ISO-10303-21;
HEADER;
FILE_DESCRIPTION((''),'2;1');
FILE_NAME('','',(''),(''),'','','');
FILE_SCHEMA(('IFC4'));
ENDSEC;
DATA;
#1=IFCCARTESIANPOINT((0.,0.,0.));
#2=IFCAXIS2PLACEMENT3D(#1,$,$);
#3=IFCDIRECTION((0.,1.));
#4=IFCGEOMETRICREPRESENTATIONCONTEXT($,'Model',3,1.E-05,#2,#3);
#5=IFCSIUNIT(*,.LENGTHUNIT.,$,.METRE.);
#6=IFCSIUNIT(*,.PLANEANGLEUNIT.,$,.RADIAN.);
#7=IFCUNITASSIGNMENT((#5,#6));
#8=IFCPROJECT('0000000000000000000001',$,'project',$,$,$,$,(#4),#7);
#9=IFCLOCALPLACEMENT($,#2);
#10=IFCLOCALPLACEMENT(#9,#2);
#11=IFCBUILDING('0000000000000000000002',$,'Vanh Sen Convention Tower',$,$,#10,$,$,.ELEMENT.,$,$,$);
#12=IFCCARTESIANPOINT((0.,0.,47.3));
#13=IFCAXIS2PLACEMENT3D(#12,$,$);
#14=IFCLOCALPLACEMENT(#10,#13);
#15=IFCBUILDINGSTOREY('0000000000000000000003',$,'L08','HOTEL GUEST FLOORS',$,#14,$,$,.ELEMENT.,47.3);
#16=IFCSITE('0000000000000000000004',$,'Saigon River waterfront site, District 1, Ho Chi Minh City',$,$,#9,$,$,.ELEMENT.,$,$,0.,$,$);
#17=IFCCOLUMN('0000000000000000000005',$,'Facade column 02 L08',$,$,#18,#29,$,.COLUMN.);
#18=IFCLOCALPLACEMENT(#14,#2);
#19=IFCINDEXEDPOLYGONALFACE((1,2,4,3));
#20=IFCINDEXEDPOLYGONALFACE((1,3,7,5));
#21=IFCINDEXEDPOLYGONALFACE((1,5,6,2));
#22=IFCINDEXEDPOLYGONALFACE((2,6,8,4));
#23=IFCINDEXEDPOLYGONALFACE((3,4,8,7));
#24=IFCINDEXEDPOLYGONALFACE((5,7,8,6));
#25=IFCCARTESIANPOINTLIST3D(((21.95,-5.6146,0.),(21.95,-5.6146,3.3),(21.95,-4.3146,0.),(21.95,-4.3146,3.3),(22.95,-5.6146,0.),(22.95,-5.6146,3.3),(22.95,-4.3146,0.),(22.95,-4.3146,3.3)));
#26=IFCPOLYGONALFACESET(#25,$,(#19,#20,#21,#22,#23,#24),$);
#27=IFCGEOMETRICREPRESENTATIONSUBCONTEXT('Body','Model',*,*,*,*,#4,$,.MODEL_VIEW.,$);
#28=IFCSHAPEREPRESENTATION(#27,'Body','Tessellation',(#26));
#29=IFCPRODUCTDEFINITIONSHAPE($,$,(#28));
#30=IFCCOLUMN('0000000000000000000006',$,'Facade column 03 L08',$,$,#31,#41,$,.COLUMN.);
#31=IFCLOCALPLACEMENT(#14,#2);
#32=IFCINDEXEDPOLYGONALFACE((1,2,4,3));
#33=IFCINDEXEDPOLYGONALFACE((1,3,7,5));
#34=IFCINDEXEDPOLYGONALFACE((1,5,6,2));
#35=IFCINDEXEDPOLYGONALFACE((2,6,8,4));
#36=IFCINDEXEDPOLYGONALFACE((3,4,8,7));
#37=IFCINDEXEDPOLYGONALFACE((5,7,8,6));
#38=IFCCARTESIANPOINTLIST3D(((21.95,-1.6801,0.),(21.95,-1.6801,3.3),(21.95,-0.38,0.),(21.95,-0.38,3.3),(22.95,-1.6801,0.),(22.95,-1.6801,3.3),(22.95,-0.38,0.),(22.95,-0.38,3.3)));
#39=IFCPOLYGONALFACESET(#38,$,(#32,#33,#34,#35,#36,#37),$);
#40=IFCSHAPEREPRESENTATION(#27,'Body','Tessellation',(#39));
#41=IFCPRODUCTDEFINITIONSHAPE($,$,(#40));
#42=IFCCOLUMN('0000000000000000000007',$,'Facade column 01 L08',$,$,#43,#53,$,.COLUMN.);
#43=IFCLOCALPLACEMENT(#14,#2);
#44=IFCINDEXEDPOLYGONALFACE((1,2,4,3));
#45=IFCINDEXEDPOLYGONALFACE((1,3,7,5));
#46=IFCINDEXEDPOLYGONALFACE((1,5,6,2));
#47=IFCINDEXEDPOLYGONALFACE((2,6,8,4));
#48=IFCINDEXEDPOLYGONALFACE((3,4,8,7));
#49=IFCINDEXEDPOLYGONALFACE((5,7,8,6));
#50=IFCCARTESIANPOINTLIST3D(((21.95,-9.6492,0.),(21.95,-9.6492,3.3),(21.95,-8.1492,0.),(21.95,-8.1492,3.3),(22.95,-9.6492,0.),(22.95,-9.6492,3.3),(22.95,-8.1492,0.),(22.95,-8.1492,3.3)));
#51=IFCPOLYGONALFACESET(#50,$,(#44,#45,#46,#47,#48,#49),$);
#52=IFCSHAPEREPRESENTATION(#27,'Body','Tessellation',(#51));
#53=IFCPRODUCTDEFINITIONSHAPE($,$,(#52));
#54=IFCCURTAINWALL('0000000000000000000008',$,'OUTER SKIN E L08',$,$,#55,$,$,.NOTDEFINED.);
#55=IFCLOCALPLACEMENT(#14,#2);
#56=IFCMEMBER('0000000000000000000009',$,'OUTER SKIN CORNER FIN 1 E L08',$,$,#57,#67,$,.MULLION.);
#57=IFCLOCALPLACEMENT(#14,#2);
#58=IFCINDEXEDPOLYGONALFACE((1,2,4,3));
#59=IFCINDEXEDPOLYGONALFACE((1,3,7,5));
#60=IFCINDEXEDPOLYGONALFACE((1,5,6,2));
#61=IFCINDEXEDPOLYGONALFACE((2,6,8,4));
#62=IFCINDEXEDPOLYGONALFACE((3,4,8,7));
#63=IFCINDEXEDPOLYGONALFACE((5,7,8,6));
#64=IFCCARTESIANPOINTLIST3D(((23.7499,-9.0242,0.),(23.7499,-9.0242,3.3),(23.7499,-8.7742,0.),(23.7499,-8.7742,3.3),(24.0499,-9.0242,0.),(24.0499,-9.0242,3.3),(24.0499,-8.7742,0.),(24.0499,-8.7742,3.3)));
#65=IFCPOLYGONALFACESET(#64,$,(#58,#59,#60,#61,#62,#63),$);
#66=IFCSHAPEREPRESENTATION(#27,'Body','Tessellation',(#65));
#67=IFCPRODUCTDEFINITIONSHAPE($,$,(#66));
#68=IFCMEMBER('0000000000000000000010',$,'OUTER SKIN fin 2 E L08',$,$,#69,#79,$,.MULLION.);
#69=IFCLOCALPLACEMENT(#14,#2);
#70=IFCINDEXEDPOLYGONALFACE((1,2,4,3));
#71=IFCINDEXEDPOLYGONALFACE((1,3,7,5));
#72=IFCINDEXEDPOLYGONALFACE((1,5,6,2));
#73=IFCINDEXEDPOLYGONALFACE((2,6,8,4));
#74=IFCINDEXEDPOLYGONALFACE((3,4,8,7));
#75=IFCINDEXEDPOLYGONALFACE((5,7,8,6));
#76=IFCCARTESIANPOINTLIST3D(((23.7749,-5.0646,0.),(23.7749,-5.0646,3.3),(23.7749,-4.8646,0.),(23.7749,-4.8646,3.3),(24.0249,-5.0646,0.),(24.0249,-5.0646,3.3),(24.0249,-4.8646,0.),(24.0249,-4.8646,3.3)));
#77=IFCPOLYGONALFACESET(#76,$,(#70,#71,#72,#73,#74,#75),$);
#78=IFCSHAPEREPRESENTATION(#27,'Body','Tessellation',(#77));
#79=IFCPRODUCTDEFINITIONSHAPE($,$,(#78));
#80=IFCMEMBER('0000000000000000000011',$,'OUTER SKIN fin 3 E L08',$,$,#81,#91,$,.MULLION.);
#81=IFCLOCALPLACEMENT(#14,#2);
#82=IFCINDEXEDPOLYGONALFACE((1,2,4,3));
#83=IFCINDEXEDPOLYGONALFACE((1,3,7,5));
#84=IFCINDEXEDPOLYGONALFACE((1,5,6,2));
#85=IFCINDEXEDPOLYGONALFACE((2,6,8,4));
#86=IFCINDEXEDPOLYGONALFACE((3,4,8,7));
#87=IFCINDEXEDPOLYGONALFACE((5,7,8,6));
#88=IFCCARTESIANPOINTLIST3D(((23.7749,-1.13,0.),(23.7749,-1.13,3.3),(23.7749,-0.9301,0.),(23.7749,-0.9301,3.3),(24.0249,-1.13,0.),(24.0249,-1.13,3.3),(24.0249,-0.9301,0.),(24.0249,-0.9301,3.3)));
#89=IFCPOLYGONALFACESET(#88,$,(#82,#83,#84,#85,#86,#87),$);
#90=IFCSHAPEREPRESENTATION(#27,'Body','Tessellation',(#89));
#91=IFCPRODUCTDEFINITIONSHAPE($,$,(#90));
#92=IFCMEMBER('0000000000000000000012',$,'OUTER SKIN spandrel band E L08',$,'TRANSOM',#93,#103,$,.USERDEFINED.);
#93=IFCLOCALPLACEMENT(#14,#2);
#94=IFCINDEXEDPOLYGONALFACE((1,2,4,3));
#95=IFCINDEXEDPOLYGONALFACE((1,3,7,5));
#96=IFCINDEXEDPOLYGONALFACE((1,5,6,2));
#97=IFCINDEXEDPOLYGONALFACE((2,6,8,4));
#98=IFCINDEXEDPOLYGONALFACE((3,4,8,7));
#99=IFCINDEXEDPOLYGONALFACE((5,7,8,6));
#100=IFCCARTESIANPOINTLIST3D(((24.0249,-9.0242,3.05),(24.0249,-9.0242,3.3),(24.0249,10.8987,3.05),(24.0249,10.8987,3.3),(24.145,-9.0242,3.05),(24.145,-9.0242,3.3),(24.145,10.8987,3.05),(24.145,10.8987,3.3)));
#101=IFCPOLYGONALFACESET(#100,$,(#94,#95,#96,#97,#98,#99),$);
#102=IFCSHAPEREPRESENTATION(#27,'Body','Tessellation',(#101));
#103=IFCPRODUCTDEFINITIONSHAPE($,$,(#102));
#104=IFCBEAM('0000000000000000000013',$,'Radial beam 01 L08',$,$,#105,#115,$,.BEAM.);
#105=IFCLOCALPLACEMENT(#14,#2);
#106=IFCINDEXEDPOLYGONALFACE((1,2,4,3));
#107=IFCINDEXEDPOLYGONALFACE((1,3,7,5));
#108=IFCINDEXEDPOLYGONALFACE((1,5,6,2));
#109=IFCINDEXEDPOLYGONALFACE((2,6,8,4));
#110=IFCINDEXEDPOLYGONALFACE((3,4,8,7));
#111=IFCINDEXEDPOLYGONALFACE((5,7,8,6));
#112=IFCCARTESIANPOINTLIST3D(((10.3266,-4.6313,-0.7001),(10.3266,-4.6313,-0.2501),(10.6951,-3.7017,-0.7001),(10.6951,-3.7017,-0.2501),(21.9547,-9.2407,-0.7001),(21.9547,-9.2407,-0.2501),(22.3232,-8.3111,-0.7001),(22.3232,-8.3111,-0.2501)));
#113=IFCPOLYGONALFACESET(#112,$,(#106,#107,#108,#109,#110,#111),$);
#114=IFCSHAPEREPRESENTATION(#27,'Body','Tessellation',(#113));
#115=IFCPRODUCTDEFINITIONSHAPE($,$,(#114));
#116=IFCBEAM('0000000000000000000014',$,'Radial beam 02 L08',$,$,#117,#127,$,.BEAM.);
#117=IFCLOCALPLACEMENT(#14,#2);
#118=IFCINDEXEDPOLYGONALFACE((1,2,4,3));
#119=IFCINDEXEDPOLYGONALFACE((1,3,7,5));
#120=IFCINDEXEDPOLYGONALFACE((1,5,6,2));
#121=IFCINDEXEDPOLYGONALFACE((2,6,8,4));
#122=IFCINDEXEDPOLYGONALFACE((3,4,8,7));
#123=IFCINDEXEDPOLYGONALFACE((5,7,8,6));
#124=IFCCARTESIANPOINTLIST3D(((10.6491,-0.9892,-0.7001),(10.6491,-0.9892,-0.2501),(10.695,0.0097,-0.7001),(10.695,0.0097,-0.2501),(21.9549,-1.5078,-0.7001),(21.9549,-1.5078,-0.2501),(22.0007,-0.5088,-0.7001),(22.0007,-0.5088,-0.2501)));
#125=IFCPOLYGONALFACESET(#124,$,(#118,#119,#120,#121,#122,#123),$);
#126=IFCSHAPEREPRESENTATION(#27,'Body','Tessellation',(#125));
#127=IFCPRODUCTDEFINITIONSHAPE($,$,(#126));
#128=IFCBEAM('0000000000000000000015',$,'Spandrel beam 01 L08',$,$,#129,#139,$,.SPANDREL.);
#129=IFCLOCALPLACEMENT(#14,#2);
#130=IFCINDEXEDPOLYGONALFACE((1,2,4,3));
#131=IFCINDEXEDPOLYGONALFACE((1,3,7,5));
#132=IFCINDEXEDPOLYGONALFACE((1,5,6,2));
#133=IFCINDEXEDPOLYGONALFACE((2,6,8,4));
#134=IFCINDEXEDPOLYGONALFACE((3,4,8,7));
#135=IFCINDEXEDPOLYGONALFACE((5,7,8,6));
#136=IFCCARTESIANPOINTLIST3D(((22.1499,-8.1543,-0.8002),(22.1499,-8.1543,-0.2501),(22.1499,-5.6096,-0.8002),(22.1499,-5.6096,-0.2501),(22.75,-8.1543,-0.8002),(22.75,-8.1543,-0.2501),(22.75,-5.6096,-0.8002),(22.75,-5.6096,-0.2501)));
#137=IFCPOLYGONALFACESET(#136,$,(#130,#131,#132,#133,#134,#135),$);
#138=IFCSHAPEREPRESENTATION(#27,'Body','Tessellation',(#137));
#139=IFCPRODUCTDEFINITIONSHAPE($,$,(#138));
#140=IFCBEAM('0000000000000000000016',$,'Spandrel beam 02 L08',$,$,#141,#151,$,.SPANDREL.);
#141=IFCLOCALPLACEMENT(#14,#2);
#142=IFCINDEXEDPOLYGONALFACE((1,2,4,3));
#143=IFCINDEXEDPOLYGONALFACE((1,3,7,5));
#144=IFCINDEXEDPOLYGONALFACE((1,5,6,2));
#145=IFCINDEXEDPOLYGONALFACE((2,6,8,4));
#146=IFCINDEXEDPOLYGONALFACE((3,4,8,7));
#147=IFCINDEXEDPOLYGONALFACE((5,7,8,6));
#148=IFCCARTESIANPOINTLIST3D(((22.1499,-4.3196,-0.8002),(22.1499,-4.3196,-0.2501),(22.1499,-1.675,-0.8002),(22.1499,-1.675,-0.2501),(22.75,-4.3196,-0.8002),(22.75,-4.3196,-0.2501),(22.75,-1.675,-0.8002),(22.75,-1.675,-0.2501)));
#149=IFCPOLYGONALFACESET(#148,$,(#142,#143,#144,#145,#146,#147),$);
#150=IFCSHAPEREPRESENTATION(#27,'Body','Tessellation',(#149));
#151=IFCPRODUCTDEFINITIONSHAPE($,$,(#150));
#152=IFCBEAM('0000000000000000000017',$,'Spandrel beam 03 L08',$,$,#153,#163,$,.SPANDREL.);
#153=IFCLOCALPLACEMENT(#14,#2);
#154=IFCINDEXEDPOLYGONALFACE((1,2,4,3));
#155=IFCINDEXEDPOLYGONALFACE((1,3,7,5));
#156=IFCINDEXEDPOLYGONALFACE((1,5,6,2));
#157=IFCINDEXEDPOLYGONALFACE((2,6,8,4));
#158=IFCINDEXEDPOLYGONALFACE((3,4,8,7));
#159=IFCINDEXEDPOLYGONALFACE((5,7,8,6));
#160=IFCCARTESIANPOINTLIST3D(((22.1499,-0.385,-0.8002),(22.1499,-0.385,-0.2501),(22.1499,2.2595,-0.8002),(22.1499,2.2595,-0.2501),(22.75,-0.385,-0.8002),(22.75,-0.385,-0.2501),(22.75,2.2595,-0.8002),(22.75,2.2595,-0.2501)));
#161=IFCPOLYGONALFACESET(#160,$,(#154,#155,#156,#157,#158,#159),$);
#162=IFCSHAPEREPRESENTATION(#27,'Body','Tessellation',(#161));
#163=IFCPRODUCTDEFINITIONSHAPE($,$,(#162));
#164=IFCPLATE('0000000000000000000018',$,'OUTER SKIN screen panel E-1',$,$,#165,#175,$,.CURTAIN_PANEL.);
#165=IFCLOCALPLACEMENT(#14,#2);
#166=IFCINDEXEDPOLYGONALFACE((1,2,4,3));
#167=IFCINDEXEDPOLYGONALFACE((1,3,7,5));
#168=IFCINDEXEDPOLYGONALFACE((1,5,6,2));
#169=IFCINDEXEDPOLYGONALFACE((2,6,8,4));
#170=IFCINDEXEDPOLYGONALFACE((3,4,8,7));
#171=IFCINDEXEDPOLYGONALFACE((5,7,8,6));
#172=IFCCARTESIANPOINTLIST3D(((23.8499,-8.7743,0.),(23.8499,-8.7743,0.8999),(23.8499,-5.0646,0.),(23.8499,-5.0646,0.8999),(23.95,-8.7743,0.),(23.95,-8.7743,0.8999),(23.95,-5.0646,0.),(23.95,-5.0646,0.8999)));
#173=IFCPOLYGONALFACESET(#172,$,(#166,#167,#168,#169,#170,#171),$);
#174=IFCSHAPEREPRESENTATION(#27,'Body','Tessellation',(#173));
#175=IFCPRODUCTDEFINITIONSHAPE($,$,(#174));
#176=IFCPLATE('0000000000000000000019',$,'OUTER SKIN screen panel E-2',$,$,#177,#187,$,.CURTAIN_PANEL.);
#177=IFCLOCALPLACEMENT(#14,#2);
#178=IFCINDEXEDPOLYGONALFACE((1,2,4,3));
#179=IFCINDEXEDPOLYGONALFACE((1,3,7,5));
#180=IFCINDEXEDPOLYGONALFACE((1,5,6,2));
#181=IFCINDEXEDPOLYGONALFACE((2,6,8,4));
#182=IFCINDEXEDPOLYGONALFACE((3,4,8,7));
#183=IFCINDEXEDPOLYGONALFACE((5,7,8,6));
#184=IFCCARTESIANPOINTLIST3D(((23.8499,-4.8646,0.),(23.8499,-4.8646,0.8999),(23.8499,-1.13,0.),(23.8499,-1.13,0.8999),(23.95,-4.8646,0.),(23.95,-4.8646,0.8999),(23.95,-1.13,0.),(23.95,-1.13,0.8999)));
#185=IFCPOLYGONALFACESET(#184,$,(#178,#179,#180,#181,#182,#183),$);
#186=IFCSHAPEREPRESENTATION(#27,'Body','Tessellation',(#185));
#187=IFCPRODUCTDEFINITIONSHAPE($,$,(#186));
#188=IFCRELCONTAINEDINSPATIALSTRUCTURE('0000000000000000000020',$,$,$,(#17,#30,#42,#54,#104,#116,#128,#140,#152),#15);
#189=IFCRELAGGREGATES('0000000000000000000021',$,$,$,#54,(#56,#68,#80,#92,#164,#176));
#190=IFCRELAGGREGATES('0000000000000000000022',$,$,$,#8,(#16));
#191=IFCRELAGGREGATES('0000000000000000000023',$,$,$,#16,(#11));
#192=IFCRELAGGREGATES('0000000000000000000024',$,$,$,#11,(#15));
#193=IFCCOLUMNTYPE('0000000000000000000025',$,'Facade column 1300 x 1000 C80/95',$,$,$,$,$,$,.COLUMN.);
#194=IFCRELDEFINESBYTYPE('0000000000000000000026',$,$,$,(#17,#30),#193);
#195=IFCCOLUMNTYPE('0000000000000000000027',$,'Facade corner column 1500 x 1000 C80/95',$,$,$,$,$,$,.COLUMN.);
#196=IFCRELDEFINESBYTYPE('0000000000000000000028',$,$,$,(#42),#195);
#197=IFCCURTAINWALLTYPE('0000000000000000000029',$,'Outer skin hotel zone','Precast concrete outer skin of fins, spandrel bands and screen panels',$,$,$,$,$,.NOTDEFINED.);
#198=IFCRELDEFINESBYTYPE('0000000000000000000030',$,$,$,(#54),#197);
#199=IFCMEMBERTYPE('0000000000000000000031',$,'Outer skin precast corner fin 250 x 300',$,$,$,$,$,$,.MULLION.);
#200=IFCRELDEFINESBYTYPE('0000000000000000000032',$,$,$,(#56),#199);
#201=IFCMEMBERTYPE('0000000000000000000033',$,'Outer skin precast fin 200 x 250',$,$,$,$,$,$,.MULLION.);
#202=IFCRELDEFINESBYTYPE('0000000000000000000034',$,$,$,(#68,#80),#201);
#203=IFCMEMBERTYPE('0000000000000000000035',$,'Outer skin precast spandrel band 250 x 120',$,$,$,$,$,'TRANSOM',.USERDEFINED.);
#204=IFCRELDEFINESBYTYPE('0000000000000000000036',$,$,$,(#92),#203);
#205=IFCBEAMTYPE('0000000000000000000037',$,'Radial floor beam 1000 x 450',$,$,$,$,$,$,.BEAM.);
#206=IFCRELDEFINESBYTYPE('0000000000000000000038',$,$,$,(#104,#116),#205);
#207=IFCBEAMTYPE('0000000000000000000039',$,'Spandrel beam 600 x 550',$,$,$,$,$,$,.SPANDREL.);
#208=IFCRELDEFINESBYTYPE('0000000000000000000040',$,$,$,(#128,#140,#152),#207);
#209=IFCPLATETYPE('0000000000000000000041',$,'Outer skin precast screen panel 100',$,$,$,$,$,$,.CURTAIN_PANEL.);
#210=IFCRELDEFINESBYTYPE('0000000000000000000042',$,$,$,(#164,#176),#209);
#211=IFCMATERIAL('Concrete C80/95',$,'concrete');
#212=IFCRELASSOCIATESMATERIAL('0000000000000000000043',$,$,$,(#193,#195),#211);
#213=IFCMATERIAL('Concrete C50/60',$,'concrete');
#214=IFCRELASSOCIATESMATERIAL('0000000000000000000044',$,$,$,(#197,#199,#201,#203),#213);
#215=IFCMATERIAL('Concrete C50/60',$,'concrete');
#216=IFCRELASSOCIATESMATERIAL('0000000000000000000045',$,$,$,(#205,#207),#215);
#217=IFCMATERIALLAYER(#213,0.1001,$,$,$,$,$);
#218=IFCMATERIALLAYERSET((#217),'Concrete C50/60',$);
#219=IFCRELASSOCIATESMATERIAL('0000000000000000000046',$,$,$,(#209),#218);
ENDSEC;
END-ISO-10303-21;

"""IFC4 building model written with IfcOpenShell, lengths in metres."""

from ifc_helpers import new_model, si_unit, direction, frame, origin, origin_2d, place, context, subcontext, project, spatial, rectangle, extrude, material, layer, layer_set, material_profile, profile_set, type_object, element, aggregate, save


model = new_model("IFC4")

# Units and contexts
model_context = context("Model", 3, precision=1e-05, world=origin(), true_north=direction((0.0, 1.0)))
body_context = subcontext(model_context, "Body", "Model", "MODEL_VIEW")
ifc_project = project(units=[si_unit("LENGTHUNIT", "METRE"), si_unit("PLANEANGLEUNIT", "RADIAN")], contexts=[model_context])

# Site, building, storey
site_placement = place(None, origin())
site = spatial("IfcSite", under=ifc_project, at=site_placement, Name="Saigon River waterfront site, District 1, Ho Chi Minh City", CompositionType="ELEMENT", RefElevation=0.0)
building_placement = place(site_placement, origin())
building = spatial("IfcBuilding", under=site, at=building_placement, Name="Vanh Sen Convention Tower", CompositionType="ELEMENT")
storey_placement = place(building_placement, frame((0.0, 0.0, 47.3)))
storey = spatial("IfcBuildingStorey", under=building, at=storey_placement, Name="L08", Description="HOTEL GUEST FLOORS", CompositionType="ELEMENT", Elevation=47.3)

# Columns
ifc_material_1 = material(Name="Concrete C80/95", Category="concrete")
ifc_material_profile_1 = material_profile(ifc_material_1, rectangle(XDim=1.3, YDim=1.0, at=origin_2d()), Name="RC 1300X1000")
ifc_profile_set_1 = profile_set([ifc_material_profile_1], Name="Concrete C80/95")
column_type_1 = type_object("IfcColumnType", Name="Facade column 1300 x 1000 C80/95", PredefinedType="COLUMN", material=ifc_profile_set_1)
for number, where, z_axis, x_axis, name in (
    (1, (22.45, -4.9646, 0.0), (0.0, 0.0, 1.0), (0.0, 1.0, 0.0), "Facade column 02 L08"),
    (2, (22.45, -1.03, 0.0), (0.0, 0.0, 1.0), (0.0, 1.0, 0.0), "Facade column 03 L08"),
):
    element("IfcColumn", number, at=place(storey_placement, frame(where, z_axis=z_axis, x_axis=x_axis)), inside=storey, type_object=column_type_1, Name=name, PredefinedType="COLUMN", context=body_context, shape_type="SweptSolid", body=[
        extrude(rectangle(XDim=1.3, YDim=1.0, at=origin_2d()), origin(), (0.0, 0.0, 1.0), 3.3),
    ])
ifc_material_profile_2 = material_profile(ifc_material_1, rectangle(XDim=1.5, YDim=1.0, at=origin_2d()), Name="RC 1500X1000")
ifc_profile_set_2 = profile_set([ifc_material_profile_2], Name="Concrete C80/95")
column_type_2 = type_object("IfcColumnType", Name="Facade corner column 1500 x 1000 C80/95", PredefinedType="COLUMN", material=ifc_profile_set_2)
column_placement = place(storey_placement, frame((22.45, -8.8992, 0.0), z_axis=(0.0, 0.0, 1.0), x_axis=(0.0, 1.0, 0.0)))
element("IfcColumn", 3, at=column_placement, inside=storey, type_object=column_type_2, Name="Facade column 01 L08", PredefinedType="COLUMN", context=body_context, shape_type="SweptSolid", body=[
    extrude(rectangle(XDim=1.5, YDim=1.0, at=origin_2d()), origin(), (0.0, 0.0, 1.0), 3.3),
])

# Curtain wall, members
ifc_material_2 = material(Name="Concrete C50/60", Category="concrete")
curtain_wall_type = type_object("IfcCurtainWallType", Name="Outer skin hotel zone", Description="Precast concrete outer skin of fins, spandrel bands and screen panels", PredefinedType="NOTDEFINED", material=ifc_material_2)
curtain_wall_placement = place(storey_placement, origin())
curtain_wall = element("IfcCurtainWall", 4, at=curtain_wall_placement, inside=storey, type_object=curtain_wall_type, Name="OUTER SKIN E L08", PredefinedType="NOTDEFINED")
ifc_material_profile_3 = material_profile(ifc_material_2, rectangle(XDim=0.25, YDim=0.3, at=origin_2d()), Name="Outer skin precast corner fin 250 x 300")
ifc_profile_set_3 = profile_set([ifc_material_profile_3], Name="Concrete C50/60")
member_type_1 = type_object("IfcMemberType", Name="Outer skin precast corner fin 250 x 300", PredefinedType="MULLION", material=ifc_profile_set_3)
member_1_placement = place(storey_placement, frame((23.8999, -8.8992, 0.0), z_axis=(0.0, 0.0, 1.0), x_axis=(0.0, 1.0, 0.0)))
member_1 = element("IfcMember", 5, at=member_1_placement, type_object=member_type_1, Name="OUTER SKIN CORNER FIN 1 E L08", PredefinedType="MULLION", context=body_context, shape_type="SweptSolid", body=[
    extrude(rectangle(XDim=0.25, YDim=0.3, at=origin_2d()), origin(), (0.0, 0.0, 1.0), 3.3),
])
ifc_material_profile_4 = material_profile(ifc_material_2, rectangle(XDim=0.2, YDim=0.25, at=origin_2d()), Name="Outer skin precast fin 200 x 250")
ifc_profile_set_4 = profile_set([ifc_material_profile_4], Name="Concrete C50/60")
member_type_2 = type_object("IfcMemberType", Name="Outer skin precast fin 200 x 250", PredefinedType="MULLION", material=ifc_profile_set_4)
member_2_placement = place(storey_placement, frame((23.8999, -4.9646, 0.0), z_axis=(0.0, 0.0, 1.0), x_axis=(0.0, 1.0, 0.0)))
member_2 = element("IfcMember", 6, at=member_2_placement, type_object=member_type_2, Name="OUTER SKIN fin 2 E L08", PredefinedType="MULLION", context=body_context, shape_type="SweptSolid", body=[
    extrude(rectangle(XDim=0.2, YDim=0.25, at=origin_2d()), origin(), (0.0, 0.0, 1.0), 3.3),
])
member_3_placement = place(storey_placement, frame((23.8999, -1.03, 0.0), z_axis=(0.0, 0.0, 1.0), x_axis=(0.0, 1.0, 0.0)))
member_3 = element("IfcMember", 7, at=member_3_placement, type_object=member_type_2, Name="OUTER SKIN fin 3 E L08", PredefinedType="MULLION", context=body_context, shape_type="SweptSolid", body=[
    extrude(rectangle(XDim=0.2, YDim=0.25, at=origin_2d()), origin(), (0.0, 0.0, 1.0), 3.3),
])
ifc_material_profile_5 = material_profile(ifc_material_2, rectangle(XDim=0.1201, YDim=0.25, at=origin_2d()), Name="Outer skin precast spandrel band 250 x 120")
ifc_profile_set_5 = profile_set([ifc_material_profile_5], Name="Concrete C50/60")
member_type_3 = type_object("IfcMemberType", Name="Outer skin precast spandrel band 250 x 120", ElementType="TRANSOM", PredefinedType="USERDEFINED", material=ifc_profile_set_5)
member_4_placement = place(storey_placement, frame((24.085, -9.0242, 3.175), z_axis=(0.0, 1.0, 0.0), x_axis=(-1.0, 0.0, 0.0)))
member_4 = element("IfcMember", 8, at=member_4_placement, type_object=member_type_3, Name="OUTER SKIN spandrel band E L08", ObjectType="TRANSOM", PredefinedType="USERDEFINED", context=body_context, shape_type="SweptSolid", body=[
    extrude(rectangle(XDim=0.1201, YDim=0.25, at=origin_2d()), origin(), (0.0, 0.0, 1.0), 19.9229),
])

# Beams
ifc_material_3 = material(Name="Concrete C50/60", Category="concrete")
ifc_material_profile_6 = material_profile(ifc_material_3, rectangle(XDim=1.0, YDim=0.45, at=origin_2d()), Name="RC 1000X450")
ifc_profile_set_6 = profile_set([ifc_material_profile_6], Name="Concrete C50/60")
beam_type_1 = type_object("IfcBeamType", Name="Radial floor beam 1000 x 450", PredefinedType="BEAM", material=ifc_profile_set_6)
beam_1_placement = place(storey_placement, frame((22.1389, -8.7759, -0.4751), z_axis=(-0.929624, 0.368508, 0.0), x_axis=(-0.368508, -0.929624, 0.0)))
element("IfcBeam", 9, at=beam_1_placement, inside=storey, type_object=beam_type_1, Name="Radial beam 01 L08", PredefinedType="BEAM", context=body_context, shape_type="SweptSolid", body=[
    extrude(rectangle(XDim=1.0, YDim=0.45, at=origin_2d()), origin(), (0.0, 0.0, 1.0), 12.5083),
])
beam_2_placement = place(storey_placement, frame((21.9778, -1.0083, -0.4751), z_axis=(-0.99895, 0.045819, 0.0), x_axis=(-0.045819, -0.99895, 0.0)))
element("IfcBeam", 10, at=beam_2_placement, inside=storey, type_object=beam_type_1, Name="Radial beam 02 L08", PredefinedType="BEAM", context=body_context, shape_type="SweptSolid", body=[
    extrude(rectangle(XDim=1.0, YDim=0.45, at=origin_2d()), origin(), (0.0, 0.0, 1.0), 11.3176),
])
ifc_material_profile_7 = material_profile(ifc_material_3, rectangle(XDim=0.6001, YDim=0.55, at=origin_2d()), Name="RC 600X550")
ifc_profile_set_7 = profile_set([ifc_material_profile_7], Name="Concrete C50/60")
beam_type_2 = type_object("IfcBeamType", Name="Spandrel beam 600 x 550", PredefinedType="SPANDREL", material=ifc_profile_set_7)
beam_3_placement = place(storey_placement, frame((22.45, -8.1543, -0.5251), z_axis=(0.0, 1.0, 0.0), x_axis=(-1.0, 0.0, 0.0)))
element("IfcBeam", 11, at=beam_3_placement, inside=storey, type_object=beam_type_2, Name="Spandrel beam 01 L08", PredefinedType="SPANDREL", context=body_context, shape_type="SweptSolid", body=[
    extrude(rectangle(XDim=0.6001, YDim=0.55, at=origin_2d()), origin(), (0.0, 0.0, 1.0), 2.5447),
])
for number, where, z_axis, x_axis, name in (
    (12, (22.45, -4.3196, -0.5251), (0.0, 1.0, 0.0), (-1.0, 0.0, 0.0), "Spandrel beam 02 L08"),
    (13, (22.45, -0.385, -0.5251), (0.0, 1.0, 0.0), (-1.0, 0.0, 0.0), "Spandrel beam 03 L08"),
):
    element("IfcBeam", number, at=place(storey_placement, frame(where, z_axis=z_axis, x_axis=x_axis)), inside=storey, type_object=beam_type_2, Name=name, PredefinedType="SPANDREL", context=body_context, shape_type="SweptSolid", body=[
        extrude(rectangle(XDim=0.6001, YDim=0.55, at=origin_2d()), origin(), (0.0, 0.0, 1.0), 2.6445),
    ])

# Plates
ifc_layer_1 = layer(ifc_material_2, 0.1001)
ifc_layer_set_1 = layer_set([ifc_layer_1], Name="Concrete C50/60")
plate_type = type_object("IfcPlateType", Name="Outer skin precast screen panel 100", PredefinedType="CURTAIN_PANEL", material=ifc_layer_set_1)
plate_1_placement = place(storey_placement, frame((23.8999, -6.9194, 0.0), z_axis=(0.0, 0.0, 1.0), x_axis=(0.0, 1.0, 0.0)))
plate_1 = element("IfcPlate", 14, at=plate_1_placement, type_object=plate_type, Name="OUTER SKIN screen panel E-1", PredefinedType="CURTAIN_PANEL", context=body_context, shape_type="SweptSolid", body=[
    extrude(rectangle(XDim=3.7097, YDim=0.1001, at=origin_2d()), origin(), (0.0, 0.0, 1.0), 0.8999),
])
plate_2_placement = place(storey_placement, frame((23.8999, -2.9973, 0.0), z_axis=(0.0, 0.0, 1.0), x_axis=(0.0, 1.0, 0.0)))
plate_2 = element("IfcPlate", 15, at=plate_2_placement, type_object=plate_type, Name="OUTER SKIN screen panel E-2", PredefinedType="CURTAIN_PANEL", context=body_context, shape_type="SweptSolid", body=[
    extrude(rectangle(XDim=3.7346, YDim=0.1001, at=origin_2d()), origin(), (0.0, 0.0, 1.0), 0.8999),
])
aggregate(curtain_wall, [member_1, member_2, member_3, member_4, plate_1, plate_2])

save(model, "model.ifc")
